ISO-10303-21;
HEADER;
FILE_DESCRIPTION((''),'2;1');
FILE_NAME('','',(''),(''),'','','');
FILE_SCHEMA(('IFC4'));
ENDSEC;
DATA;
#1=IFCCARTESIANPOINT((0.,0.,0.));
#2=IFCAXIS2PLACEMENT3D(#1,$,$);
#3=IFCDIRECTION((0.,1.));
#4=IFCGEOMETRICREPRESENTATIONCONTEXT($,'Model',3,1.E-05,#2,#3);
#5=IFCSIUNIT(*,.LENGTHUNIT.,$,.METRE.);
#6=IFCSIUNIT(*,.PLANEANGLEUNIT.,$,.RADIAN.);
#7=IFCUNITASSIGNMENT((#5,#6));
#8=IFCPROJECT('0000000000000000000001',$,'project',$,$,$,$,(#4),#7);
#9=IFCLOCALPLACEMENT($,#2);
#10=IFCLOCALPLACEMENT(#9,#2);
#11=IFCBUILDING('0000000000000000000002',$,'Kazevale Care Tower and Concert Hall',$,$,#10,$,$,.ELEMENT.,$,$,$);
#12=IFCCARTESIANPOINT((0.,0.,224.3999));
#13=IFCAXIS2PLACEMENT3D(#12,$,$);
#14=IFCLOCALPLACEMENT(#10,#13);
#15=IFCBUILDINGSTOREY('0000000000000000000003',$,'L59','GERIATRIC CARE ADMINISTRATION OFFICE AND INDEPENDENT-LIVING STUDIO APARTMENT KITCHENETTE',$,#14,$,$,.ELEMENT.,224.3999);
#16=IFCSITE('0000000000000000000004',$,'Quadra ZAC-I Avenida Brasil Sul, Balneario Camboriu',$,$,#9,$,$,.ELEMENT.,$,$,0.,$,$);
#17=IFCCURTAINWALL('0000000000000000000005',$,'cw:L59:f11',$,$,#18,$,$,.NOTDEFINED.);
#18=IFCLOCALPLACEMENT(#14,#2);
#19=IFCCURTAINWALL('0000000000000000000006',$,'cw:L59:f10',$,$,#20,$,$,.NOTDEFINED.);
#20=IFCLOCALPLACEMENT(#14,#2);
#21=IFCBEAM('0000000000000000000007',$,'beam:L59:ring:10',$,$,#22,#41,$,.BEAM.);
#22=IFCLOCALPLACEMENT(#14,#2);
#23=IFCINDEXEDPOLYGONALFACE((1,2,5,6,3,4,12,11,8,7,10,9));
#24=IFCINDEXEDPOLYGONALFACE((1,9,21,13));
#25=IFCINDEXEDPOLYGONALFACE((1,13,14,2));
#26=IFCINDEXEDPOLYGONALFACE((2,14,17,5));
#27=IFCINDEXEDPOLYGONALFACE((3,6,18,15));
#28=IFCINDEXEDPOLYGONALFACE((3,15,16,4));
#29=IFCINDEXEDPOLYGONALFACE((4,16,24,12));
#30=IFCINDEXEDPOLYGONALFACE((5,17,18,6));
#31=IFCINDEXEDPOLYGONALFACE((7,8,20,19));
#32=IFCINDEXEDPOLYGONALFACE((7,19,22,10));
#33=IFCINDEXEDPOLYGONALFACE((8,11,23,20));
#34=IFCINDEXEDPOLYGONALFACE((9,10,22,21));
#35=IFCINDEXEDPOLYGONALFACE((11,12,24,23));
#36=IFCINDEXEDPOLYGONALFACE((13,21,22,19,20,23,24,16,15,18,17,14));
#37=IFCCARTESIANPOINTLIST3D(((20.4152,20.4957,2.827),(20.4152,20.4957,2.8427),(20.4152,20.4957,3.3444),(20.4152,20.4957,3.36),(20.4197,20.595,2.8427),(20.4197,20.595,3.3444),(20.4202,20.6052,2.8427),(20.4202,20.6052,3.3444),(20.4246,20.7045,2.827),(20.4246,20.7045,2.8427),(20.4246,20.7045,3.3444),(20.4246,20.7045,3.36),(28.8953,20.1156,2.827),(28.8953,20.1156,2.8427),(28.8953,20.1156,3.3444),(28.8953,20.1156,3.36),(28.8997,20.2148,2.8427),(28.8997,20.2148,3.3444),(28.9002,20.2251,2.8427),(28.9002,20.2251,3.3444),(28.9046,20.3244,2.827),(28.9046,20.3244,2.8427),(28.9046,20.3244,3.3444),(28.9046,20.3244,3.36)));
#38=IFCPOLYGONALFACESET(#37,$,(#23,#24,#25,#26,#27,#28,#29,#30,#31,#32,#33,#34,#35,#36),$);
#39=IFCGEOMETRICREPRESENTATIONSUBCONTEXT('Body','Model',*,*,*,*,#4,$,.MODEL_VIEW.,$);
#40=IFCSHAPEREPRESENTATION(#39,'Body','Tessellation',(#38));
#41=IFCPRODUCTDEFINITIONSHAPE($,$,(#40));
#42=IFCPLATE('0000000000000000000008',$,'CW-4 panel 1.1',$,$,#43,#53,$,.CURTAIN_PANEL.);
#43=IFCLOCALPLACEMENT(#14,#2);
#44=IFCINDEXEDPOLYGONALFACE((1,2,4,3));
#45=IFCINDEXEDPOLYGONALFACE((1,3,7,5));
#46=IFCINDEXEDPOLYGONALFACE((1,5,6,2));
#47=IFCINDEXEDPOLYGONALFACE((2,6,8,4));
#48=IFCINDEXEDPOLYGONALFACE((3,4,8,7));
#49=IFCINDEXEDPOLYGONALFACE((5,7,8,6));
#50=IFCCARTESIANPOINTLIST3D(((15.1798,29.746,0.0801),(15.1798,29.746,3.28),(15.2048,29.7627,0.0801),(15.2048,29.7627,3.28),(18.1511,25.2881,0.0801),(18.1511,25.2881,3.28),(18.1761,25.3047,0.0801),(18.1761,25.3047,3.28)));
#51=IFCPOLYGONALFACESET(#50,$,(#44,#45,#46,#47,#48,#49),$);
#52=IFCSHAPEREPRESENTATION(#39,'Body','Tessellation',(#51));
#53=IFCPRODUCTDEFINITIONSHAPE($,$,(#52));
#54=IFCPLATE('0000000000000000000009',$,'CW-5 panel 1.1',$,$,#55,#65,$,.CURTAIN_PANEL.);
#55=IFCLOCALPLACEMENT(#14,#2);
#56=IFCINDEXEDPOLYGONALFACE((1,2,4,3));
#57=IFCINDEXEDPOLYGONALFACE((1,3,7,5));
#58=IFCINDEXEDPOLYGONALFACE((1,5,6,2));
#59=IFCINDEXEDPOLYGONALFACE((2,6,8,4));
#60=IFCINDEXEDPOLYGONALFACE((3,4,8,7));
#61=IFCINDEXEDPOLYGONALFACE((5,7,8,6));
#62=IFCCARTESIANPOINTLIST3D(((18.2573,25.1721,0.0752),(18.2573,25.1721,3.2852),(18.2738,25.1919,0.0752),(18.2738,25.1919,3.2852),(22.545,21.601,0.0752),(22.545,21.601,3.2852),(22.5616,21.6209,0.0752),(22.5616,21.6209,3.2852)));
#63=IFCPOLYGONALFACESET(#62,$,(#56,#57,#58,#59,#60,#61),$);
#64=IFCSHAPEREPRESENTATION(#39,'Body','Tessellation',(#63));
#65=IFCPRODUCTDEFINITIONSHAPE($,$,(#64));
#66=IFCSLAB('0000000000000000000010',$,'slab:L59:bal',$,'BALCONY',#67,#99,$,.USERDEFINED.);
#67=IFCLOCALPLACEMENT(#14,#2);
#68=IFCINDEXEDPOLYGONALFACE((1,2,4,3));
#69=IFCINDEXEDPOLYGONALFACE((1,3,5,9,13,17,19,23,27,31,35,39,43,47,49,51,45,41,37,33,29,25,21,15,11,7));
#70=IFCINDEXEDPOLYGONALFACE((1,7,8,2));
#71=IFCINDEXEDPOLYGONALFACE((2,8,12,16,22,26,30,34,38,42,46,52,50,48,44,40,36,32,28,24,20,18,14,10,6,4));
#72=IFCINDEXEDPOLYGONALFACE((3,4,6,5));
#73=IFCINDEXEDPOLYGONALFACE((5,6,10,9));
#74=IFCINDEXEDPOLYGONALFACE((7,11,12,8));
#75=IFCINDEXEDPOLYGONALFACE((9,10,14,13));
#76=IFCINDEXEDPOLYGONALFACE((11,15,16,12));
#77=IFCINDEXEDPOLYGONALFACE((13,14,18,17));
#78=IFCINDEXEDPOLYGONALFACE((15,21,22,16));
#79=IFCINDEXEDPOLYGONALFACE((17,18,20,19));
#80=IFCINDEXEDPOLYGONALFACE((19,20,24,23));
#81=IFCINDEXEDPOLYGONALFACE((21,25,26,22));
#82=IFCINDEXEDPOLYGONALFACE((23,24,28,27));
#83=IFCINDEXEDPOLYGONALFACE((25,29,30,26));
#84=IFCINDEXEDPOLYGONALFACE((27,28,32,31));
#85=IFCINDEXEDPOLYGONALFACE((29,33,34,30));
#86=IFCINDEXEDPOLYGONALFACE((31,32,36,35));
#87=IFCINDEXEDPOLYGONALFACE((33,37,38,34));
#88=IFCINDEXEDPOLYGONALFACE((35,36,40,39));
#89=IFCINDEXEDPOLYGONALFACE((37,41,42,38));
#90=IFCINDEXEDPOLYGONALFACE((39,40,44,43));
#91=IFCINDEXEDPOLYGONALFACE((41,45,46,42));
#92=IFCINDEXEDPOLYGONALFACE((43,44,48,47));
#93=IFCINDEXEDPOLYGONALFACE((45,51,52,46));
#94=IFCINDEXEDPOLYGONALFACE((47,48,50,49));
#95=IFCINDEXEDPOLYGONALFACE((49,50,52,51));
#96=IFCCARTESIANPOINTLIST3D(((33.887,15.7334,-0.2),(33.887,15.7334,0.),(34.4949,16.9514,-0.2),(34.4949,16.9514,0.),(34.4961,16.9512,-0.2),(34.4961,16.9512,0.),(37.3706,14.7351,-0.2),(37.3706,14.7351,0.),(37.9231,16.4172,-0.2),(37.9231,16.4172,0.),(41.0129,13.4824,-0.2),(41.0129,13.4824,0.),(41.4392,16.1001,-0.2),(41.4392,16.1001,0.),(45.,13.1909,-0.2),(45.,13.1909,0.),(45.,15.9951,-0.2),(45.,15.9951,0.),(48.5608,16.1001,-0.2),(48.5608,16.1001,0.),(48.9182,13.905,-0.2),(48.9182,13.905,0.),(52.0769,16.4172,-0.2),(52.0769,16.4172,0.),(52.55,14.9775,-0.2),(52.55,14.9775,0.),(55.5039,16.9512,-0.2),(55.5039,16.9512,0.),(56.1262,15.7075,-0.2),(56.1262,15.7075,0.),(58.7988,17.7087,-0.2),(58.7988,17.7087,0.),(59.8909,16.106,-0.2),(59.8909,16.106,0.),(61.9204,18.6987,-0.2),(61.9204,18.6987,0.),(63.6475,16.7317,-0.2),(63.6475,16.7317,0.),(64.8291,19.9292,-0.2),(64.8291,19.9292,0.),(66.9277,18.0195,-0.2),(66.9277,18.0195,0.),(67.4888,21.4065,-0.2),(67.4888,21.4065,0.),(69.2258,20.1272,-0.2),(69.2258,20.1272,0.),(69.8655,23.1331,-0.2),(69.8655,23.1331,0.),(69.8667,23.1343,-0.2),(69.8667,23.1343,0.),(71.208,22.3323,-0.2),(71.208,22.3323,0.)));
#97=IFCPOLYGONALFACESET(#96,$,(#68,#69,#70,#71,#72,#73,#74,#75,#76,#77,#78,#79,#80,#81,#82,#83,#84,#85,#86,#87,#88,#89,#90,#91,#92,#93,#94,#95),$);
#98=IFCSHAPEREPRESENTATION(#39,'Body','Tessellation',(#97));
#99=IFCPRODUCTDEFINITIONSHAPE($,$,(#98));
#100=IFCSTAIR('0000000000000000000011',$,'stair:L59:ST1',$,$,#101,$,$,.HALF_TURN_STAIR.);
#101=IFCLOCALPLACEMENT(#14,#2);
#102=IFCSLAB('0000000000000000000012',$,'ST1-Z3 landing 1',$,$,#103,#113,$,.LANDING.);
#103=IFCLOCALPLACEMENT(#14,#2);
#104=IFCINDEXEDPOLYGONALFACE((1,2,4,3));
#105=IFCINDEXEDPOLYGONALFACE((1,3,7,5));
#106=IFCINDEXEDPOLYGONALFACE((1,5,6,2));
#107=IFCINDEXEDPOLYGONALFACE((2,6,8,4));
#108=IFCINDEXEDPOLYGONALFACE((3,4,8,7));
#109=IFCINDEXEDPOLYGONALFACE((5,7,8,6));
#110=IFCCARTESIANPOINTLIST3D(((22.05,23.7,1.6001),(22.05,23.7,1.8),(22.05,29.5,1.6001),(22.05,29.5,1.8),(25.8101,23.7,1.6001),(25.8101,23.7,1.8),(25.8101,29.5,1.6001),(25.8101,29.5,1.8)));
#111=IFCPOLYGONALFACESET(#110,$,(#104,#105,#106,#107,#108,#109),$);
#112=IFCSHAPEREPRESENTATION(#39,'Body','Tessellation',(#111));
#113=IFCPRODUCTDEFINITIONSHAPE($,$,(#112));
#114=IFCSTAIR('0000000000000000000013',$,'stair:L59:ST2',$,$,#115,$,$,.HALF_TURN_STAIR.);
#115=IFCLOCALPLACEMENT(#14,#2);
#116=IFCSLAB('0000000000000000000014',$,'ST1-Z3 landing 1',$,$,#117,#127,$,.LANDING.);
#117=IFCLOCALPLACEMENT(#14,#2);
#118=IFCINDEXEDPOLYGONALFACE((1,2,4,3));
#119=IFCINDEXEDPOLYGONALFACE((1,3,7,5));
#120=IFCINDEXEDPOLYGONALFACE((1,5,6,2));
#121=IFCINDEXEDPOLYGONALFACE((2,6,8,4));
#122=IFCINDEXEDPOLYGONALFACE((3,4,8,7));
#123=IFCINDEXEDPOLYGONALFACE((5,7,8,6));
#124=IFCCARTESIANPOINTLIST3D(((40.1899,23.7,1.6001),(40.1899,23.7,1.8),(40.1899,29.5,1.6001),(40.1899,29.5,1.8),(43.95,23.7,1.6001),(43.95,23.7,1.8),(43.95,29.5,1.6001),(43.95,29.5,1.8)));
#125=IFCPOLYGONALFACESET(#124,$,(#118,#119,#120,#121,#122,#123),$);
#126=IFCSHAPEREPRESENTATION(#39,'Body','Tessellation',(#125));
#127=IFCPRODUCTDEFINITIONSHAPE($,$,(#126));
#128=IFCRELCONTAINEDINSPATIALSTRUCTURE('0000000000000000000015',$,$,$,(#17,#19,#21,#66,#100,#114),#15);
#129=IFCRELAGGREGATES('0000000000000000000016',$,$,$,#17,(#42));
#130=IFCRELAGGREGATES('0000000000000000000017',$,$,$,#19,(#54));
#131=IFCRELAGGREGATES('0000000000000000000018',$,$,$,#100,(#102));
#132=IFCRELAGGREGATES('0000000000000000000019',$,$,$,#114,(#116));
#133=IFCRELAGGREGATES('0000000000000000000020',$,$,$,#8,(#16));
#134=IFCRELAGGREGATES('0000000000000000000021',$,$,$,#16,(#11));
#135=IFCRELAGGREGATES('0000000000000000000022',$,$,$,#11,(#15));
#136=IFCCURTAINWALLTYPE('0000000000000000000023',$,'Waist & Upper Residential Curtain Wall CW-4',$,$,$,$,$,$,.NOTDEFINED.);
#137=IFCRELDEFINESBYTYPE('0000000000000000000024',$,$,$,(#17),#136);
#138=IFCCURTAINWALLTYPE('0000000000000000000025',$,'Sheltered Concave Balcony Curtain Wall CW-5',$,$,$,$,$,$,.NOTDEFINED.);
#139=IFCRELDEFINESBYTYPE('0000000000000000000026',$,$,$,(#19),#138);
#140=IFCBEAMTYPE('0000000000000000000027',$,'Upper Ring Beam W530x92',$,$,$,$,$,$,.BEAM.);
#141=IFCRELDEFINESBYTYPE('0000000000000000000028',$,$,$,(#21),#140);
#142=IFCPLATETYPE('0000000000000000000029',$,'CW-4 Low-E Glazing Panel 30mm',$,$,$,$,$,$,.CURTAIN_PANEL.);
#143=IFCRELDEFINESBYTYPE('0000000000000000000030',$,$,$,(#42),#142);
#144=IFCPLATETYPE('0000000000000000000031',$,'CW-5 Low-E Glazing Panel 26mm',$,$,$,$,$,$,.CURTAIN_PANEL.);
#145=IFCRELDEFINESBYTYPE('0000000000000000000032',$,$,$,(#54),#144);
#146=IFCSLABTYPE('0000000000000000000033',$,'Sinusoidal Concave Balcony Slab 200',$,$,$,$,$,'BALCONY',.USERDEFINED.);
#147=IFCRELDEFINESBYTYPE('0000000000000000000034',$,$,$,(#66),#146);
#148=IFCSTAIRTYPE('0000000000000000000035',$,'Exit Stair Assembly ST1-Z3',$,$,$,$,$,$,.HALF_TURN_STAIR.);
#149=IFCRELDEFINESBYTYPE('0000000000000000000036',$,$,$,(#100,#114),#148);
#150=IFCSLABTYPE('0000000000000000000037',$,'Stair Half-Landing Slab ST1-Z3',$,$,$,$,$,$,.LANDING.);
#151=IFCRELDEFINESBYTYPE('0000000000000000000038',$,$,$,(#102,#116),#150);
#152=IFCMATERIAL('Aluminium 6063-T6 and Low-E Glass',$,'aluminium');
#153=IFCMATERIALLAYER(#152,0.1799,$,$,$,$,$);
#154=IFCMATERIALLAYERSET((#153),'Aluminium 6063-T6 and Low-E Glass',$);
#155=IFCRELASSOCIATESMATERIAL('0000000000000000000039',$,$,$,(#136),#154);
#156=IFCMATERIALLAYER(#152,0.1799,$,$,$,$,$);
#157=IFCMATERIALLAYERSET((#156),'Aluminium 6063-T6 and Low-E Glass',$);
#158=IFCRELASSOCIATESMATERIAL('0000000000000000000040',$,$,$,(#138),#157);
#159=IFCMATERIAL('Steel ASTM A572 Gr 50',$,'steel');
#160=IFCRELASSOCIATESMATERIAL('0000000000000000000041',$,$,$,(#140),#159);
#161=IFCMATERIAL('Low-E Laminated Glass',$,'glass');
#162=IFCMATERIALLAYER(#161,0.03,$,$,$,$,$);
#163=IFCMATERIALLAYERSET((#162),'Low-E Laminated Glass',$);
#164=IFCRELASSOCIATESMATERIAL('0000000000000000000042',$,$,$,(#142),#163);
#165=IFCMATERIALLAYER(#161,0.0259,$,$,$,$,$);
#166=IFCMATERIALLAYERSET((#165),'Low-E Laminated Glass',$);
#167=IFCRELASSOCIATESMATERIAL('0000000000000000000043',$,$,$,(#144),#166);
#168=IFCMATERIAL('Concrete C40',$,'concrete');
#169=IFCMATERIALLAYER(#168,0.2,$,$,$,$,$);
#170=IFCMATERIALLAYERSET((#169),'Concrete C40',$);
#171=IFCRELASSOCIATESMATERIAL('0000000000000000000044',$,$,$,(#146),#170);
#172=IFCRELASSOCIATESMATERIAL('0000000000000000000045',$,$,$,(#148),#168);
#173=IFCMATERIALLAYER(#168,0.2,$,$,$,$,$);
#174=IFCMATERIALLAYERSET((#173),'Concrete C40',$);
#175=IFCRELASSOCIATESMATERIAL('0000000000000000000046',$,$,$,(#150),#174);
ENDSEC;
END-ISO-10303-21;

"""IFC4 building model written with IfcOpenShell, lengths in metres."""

from ifc_helpers import new_model, si_unit, direction, frame, origin, origin_2d, place, context, subcontext, project, spatial, polyline, rectangle, i_section, outline, extrude, material, layer, layer_set, material_profile, profile_set, type_object, element, aggregate, save


model = new_model("IFC4")

# Units and contexts
model_context = context("Model", 3, precision=1e-05, world=origin(), true_north=direction((0.0, 1.0)))
body_context = subcontext(model_context, "Body", "Model", "MODEL_VIEW")
ifc_project = project(units=[si_unit("LENGTHUNIT", "METRE"), si_unit("PLANEANGLEUNIT", "RADIAN")], contexts=[model_context])

# Site, building, storey
site_placement = place(None, origin())
site = spatial("IfcSite", under=ifc_project, at=site_placement, Name="Quadra ZAC-I Avenida Brasil Sul, Balneario Camboriu", CompositionType="ELEMENT", RefElevation=0.0)
building_placement = place(site_placement, origin())
building = spatial("IfcBuilding", under=site, at=building_placement, Name="Kazevale Care Tower and Concert Hall", CompositionType="ELEMENT")
storey_placement = place(building_placement, frame((0.0, 0.0, 224.3999)))
storey = spatial("IfcBuildingStorey", under=building, at=storey_placement, Name="L59", Description="GERIATRIC CARE ADMINISTRATION OFFICE AND INDEPENDENT-LIVING STUDIO APARTMENT KITCHENETTE", CompositionType="ELEMENT", Elevation=224.3999)

# Curtain wall
ifc_material_1 = material(Name="Aluminium 6063-T6 and Low-E Glass", Category="aluminium")
ifc_layer_1 = layer(ifc_material_1, 0.1799)
ifc_layer_set_1 = layer_set([ifc_layer_1], Name="Aluminium 6063-T6 and Low-E Glass")
curtain_wall_type_1 = type_object("IfcCurtainWallType", Name="Waist & Upper Residential Curtain Wall CW-4", PredefinedType="NOTDEFINED", material=ifc_layer_set_1)
curtain_wall_1_placement = place(storey_placement, origin())
curtain_wall_1 = element("IfcCurtainWall", 1, at=curtain_wall_1_placement, inside=storey, type_object=curtain_wall_type_1, Name="cw:L59:f11", PredefinedType="NOTDEFINED")

# Shared definitions
ifc_layer_2 = layer(ifc_material_1, 0.1799)
ifc_layer_set_2 = layer_set([ifc_layer_2], Name="Aluminium 6063-T6 and Low-E Glass")
curtain_wall_type_2 = type_object("IfcCurtainWallType", Name="Sheltered Concave Balcony Curtain Wall CW-5", PredefinedType="NOTDEFINED", material=ifc_layer_set_2)

# Curtain wall
curtain_wall_2_placement = place(storey_placement, origin())
curtain_wall_2 = element("IfcCurtainWall", 2, at=curtain_wall_2_placement, inside=storey, type_object=curtain_wall_type_2, Name="cw:L59:f10", PredefinedType="NOTDEFINED")

# Beam
ifc_material_2 = material(Name="Steel ASTM A572 Gr 50", Category="steel")
ifc_material_profile_1 = material_profile(ifc_material_2, i_section(OverallWidth=0.209, OverallDepth=0.533, WebThickness=0.0103, FlangeThickness=0.0156, at=origin_2d()), Name="W530x92")
ifc_profile_set_1 = profile_set([ifc_material_profile_1], Name="Steel ASTM A572 Gr 50")
beam_type_1 = type_object("IfcBeamType", Name="Upper Ring Beam W530x92", PredefinedType="BEAM", material=ifc_profile_set_1)
beam_1_placement = place(storey_placement, frame((20.4199, 20.6001, 3.0935), z_axis=(0.998997, -0.044781, 0.0), x_axis=(0.044781, 0.998997, 0.0)))
element("IfcBeam", 3, at=beam_1_placement, inside=storey, type_object=beam_type_1, Name="beam:L59:ring:10", PredefinedType="BEAM", context=body_context, shape_type="SweptSolid", body=[
    extrude(i_section(OverallWidth=0.209, OverallDepth=0.533, WebThickness=0.0103, FlangeThickness=0.0156, at=origin_2d()), origin(), (0.0, 0.0, 1.0), 8.4885),
])

# Plates
ifc_material_3 = material(Name="Low-E Laminated Glass", Category="glass")
ifc_layer_3 = layer(ifc_material_3, 0.03)
ifc_layer_set_3 = layer_set([ifc_layer_3], Name="Low-E Laminated Glass")
plate_type_1 = type_object("IfcPlateType", Name="CW-4 Low-E Glazing Panel 30mm", PredefinedType="CURTAIN_PANEL", material=ifc_layer_set_3)
plate_1_placement = place(storey_placement, frame((16.678, 27.5254, 0.0801), z_axis=(0.0, 0.0, 1.0), x_axis=(-0.554617, 0.832106, 0.0)))
plate_1 = element("IfcPlate", 4, at=plate_1_placement, type_object=plate_type_1, Name="CW-4 panel 1.1", PredefinedType="CURTAIN_PANEL", context=body_context, shape_type="SweptSolid", body=[
    extrude(rectangle(XDim=5.3574, YDim=0.03, at=origin_2d()), origin(), (0.0, 0.0, 1.0), 3.2),
])
aggregate(curtain_wall_1, [plate_1])
ifc_layer_4 = layer(ifc_material_3, 0.0259)
ifc_layer_set_4 = layer_set([ifc_layer_4], Name="Low-E Laminated Glass")
plate_type_2 = type_object("IfcPlateType", Name="CW-5 Low-E Glazing Panel 26mm", PredefinedType="CURTAIN_PANEL", material=ifc_layer_set_4)
plate_2_placement = place(storey_placement, frame((20.4094, 23.3965, 0.0752), z_axis=(0.0, 0.0, 1.0), x_axis=(-0.768407, 0.639961, 0.0)))
plate_2 = element("IfcPlate", 5, at=plate_2_placement, type_object=plate_type_2, Name="CW-5 panel 1.1", PredefinedType="CURTAIN_PANEL", context=body_context, shape_type="SweptSolid", body=[
    extrude(rectangle(XDim=5.5801, YDim=0.0259, at=origin_2d()), origin(), (0.0, 0.0, 1.0), 3.21),
])
aggregate(curtain_wall_2, [plate_2])

# Slab
ifc_material_4 = material(Name="Concrete C40", Category="concrete")
ifc_layer_5 = layer(ifc_material_4, 0.2)
ifc_layer_set_5 = layer_set([ifc_layer_5], Name="Concrete C40")
slab_type_1 = type_object("IfcSlabType", Name="Sinusoidal Concave Balcony Slab 200", ElementType="BALCONY", PredefinedType="USERDEFINED", material=ifc_layer_set_5)
slab_1_placement = place(storey_placement, frame((0.0, 0.0, -0.2)))
element("IfcSlab", 6, at=slab_1_placement, inside=storey, type_object=slab_type_1, Name="slab:L59:bal", ObjectType="BALCONY", PredefinedType="USERDEFINED", context=body_context, shape_type="SweptSolid", body=[
    extrude(outline(polyline([(71.208, 22.3323), (69.2258, 20.1272), (66.9277, 18.0195), (63.6475, 16.7317), (59.8909, 16.106), (56.1262, 15.7075), (52.55, 14.9775), (48.9182, 13.905), (45.0, 13.1909), (41.0129, 13.4824), (37.3706, 14.7351), (33.887, 15.7334), (34.4949, 16.9514), (34.4961, 16.9512), (37.9231, 16.4172), (41.4392, 16.1001), (45.0, 15.9951), (48.5608, 16.1001), (52.0769, 16.4172), (55.5039, 16.9512), (58.7988, 17.7087), (61.9204, 18.6987), (64.8291, 19.9292), (67.4888, 21.4065), (69.8655, 23.1331), (69.8667, 23.1343), (71.208, 22.3323)])), origin(), (0.0, 0.0, 1.0), 0.2),
])

# Stairs, slabs
stair_type = type_object("IfcStairType", Name="Exit Stair Assembly ST1-Z3", PredefinedType="HALF_TURN_STAIR", material=ifc_material_4)
stair_1_placement = place(storey_placement, origin())
stair_1 = element("IfcStair", 7, at=stair_1_placement, inside=storey, type_object=stair_type, Name="stair:L59:ST1", PredefinedType="HALF_TURN_STAIR")
ifc_layer_6 = layer(ifc_material_4, 0.2)
ifc_layer_set_6 = layer_set([ifc_layer_6], Name="Concrete C40")
slab_type_2 = type_object("IfcSlabType", Name="Stair Half-Landing Slab ST1-Z3", PredefinedType="LANDING", material=ifc_layer_set_6)
slab_2_placement = place(storey_placement, frame((0.0, 0.0, 1.6001)))
slab_2 = element("IfcSlab", 8, at=slab_2_placement, type_object=slab_type_2, Name="ST1-Z3 landing 1", PredefinedType="LANDING", context=body_context, shape_type="SweptSolid", body=[
    extrude(outline(polyline([(22.05, 23.7), (25.8101, 23.7), (25.8101, 29.5), (22.05, 29.5), (22.05, 23.7)])), origin(), (0.0, 0.0, 1.0), 0.2),
])
aggregate(stair_1, [slab_2])
stair_2_placement = place(storey_placement, origin())
stair_2 = element("IfcStair", 9, at=stair_2_placement, inside=storey, type_object=stair_type, Name="stair:L59:ST2", PredefinedType="HALF_TURN_STAIR")
slab_3_placement = place(storey_placement, frame((0.0, 0.0, 1.6001)))
slab_3 = element("IfcSlab", 10, at=slab_3_placement, type_object=slab_type_2, Name="ST1-Z3 landing 1", PredefinedType="LANDING", context=body_context, shape_type="SweptSolid", body=[
    extrude(outline(polyline([(40.1899, 23.7), (43.95, 23.7), (43.95, 29.5), (40.1899, 29.5), (40.1899, 23.7)])), origin(), (0.0, 0.0, 1.0), 0.2),
])
aggregate(stair_2, [slab_3])

save(model, "model.ifc")
